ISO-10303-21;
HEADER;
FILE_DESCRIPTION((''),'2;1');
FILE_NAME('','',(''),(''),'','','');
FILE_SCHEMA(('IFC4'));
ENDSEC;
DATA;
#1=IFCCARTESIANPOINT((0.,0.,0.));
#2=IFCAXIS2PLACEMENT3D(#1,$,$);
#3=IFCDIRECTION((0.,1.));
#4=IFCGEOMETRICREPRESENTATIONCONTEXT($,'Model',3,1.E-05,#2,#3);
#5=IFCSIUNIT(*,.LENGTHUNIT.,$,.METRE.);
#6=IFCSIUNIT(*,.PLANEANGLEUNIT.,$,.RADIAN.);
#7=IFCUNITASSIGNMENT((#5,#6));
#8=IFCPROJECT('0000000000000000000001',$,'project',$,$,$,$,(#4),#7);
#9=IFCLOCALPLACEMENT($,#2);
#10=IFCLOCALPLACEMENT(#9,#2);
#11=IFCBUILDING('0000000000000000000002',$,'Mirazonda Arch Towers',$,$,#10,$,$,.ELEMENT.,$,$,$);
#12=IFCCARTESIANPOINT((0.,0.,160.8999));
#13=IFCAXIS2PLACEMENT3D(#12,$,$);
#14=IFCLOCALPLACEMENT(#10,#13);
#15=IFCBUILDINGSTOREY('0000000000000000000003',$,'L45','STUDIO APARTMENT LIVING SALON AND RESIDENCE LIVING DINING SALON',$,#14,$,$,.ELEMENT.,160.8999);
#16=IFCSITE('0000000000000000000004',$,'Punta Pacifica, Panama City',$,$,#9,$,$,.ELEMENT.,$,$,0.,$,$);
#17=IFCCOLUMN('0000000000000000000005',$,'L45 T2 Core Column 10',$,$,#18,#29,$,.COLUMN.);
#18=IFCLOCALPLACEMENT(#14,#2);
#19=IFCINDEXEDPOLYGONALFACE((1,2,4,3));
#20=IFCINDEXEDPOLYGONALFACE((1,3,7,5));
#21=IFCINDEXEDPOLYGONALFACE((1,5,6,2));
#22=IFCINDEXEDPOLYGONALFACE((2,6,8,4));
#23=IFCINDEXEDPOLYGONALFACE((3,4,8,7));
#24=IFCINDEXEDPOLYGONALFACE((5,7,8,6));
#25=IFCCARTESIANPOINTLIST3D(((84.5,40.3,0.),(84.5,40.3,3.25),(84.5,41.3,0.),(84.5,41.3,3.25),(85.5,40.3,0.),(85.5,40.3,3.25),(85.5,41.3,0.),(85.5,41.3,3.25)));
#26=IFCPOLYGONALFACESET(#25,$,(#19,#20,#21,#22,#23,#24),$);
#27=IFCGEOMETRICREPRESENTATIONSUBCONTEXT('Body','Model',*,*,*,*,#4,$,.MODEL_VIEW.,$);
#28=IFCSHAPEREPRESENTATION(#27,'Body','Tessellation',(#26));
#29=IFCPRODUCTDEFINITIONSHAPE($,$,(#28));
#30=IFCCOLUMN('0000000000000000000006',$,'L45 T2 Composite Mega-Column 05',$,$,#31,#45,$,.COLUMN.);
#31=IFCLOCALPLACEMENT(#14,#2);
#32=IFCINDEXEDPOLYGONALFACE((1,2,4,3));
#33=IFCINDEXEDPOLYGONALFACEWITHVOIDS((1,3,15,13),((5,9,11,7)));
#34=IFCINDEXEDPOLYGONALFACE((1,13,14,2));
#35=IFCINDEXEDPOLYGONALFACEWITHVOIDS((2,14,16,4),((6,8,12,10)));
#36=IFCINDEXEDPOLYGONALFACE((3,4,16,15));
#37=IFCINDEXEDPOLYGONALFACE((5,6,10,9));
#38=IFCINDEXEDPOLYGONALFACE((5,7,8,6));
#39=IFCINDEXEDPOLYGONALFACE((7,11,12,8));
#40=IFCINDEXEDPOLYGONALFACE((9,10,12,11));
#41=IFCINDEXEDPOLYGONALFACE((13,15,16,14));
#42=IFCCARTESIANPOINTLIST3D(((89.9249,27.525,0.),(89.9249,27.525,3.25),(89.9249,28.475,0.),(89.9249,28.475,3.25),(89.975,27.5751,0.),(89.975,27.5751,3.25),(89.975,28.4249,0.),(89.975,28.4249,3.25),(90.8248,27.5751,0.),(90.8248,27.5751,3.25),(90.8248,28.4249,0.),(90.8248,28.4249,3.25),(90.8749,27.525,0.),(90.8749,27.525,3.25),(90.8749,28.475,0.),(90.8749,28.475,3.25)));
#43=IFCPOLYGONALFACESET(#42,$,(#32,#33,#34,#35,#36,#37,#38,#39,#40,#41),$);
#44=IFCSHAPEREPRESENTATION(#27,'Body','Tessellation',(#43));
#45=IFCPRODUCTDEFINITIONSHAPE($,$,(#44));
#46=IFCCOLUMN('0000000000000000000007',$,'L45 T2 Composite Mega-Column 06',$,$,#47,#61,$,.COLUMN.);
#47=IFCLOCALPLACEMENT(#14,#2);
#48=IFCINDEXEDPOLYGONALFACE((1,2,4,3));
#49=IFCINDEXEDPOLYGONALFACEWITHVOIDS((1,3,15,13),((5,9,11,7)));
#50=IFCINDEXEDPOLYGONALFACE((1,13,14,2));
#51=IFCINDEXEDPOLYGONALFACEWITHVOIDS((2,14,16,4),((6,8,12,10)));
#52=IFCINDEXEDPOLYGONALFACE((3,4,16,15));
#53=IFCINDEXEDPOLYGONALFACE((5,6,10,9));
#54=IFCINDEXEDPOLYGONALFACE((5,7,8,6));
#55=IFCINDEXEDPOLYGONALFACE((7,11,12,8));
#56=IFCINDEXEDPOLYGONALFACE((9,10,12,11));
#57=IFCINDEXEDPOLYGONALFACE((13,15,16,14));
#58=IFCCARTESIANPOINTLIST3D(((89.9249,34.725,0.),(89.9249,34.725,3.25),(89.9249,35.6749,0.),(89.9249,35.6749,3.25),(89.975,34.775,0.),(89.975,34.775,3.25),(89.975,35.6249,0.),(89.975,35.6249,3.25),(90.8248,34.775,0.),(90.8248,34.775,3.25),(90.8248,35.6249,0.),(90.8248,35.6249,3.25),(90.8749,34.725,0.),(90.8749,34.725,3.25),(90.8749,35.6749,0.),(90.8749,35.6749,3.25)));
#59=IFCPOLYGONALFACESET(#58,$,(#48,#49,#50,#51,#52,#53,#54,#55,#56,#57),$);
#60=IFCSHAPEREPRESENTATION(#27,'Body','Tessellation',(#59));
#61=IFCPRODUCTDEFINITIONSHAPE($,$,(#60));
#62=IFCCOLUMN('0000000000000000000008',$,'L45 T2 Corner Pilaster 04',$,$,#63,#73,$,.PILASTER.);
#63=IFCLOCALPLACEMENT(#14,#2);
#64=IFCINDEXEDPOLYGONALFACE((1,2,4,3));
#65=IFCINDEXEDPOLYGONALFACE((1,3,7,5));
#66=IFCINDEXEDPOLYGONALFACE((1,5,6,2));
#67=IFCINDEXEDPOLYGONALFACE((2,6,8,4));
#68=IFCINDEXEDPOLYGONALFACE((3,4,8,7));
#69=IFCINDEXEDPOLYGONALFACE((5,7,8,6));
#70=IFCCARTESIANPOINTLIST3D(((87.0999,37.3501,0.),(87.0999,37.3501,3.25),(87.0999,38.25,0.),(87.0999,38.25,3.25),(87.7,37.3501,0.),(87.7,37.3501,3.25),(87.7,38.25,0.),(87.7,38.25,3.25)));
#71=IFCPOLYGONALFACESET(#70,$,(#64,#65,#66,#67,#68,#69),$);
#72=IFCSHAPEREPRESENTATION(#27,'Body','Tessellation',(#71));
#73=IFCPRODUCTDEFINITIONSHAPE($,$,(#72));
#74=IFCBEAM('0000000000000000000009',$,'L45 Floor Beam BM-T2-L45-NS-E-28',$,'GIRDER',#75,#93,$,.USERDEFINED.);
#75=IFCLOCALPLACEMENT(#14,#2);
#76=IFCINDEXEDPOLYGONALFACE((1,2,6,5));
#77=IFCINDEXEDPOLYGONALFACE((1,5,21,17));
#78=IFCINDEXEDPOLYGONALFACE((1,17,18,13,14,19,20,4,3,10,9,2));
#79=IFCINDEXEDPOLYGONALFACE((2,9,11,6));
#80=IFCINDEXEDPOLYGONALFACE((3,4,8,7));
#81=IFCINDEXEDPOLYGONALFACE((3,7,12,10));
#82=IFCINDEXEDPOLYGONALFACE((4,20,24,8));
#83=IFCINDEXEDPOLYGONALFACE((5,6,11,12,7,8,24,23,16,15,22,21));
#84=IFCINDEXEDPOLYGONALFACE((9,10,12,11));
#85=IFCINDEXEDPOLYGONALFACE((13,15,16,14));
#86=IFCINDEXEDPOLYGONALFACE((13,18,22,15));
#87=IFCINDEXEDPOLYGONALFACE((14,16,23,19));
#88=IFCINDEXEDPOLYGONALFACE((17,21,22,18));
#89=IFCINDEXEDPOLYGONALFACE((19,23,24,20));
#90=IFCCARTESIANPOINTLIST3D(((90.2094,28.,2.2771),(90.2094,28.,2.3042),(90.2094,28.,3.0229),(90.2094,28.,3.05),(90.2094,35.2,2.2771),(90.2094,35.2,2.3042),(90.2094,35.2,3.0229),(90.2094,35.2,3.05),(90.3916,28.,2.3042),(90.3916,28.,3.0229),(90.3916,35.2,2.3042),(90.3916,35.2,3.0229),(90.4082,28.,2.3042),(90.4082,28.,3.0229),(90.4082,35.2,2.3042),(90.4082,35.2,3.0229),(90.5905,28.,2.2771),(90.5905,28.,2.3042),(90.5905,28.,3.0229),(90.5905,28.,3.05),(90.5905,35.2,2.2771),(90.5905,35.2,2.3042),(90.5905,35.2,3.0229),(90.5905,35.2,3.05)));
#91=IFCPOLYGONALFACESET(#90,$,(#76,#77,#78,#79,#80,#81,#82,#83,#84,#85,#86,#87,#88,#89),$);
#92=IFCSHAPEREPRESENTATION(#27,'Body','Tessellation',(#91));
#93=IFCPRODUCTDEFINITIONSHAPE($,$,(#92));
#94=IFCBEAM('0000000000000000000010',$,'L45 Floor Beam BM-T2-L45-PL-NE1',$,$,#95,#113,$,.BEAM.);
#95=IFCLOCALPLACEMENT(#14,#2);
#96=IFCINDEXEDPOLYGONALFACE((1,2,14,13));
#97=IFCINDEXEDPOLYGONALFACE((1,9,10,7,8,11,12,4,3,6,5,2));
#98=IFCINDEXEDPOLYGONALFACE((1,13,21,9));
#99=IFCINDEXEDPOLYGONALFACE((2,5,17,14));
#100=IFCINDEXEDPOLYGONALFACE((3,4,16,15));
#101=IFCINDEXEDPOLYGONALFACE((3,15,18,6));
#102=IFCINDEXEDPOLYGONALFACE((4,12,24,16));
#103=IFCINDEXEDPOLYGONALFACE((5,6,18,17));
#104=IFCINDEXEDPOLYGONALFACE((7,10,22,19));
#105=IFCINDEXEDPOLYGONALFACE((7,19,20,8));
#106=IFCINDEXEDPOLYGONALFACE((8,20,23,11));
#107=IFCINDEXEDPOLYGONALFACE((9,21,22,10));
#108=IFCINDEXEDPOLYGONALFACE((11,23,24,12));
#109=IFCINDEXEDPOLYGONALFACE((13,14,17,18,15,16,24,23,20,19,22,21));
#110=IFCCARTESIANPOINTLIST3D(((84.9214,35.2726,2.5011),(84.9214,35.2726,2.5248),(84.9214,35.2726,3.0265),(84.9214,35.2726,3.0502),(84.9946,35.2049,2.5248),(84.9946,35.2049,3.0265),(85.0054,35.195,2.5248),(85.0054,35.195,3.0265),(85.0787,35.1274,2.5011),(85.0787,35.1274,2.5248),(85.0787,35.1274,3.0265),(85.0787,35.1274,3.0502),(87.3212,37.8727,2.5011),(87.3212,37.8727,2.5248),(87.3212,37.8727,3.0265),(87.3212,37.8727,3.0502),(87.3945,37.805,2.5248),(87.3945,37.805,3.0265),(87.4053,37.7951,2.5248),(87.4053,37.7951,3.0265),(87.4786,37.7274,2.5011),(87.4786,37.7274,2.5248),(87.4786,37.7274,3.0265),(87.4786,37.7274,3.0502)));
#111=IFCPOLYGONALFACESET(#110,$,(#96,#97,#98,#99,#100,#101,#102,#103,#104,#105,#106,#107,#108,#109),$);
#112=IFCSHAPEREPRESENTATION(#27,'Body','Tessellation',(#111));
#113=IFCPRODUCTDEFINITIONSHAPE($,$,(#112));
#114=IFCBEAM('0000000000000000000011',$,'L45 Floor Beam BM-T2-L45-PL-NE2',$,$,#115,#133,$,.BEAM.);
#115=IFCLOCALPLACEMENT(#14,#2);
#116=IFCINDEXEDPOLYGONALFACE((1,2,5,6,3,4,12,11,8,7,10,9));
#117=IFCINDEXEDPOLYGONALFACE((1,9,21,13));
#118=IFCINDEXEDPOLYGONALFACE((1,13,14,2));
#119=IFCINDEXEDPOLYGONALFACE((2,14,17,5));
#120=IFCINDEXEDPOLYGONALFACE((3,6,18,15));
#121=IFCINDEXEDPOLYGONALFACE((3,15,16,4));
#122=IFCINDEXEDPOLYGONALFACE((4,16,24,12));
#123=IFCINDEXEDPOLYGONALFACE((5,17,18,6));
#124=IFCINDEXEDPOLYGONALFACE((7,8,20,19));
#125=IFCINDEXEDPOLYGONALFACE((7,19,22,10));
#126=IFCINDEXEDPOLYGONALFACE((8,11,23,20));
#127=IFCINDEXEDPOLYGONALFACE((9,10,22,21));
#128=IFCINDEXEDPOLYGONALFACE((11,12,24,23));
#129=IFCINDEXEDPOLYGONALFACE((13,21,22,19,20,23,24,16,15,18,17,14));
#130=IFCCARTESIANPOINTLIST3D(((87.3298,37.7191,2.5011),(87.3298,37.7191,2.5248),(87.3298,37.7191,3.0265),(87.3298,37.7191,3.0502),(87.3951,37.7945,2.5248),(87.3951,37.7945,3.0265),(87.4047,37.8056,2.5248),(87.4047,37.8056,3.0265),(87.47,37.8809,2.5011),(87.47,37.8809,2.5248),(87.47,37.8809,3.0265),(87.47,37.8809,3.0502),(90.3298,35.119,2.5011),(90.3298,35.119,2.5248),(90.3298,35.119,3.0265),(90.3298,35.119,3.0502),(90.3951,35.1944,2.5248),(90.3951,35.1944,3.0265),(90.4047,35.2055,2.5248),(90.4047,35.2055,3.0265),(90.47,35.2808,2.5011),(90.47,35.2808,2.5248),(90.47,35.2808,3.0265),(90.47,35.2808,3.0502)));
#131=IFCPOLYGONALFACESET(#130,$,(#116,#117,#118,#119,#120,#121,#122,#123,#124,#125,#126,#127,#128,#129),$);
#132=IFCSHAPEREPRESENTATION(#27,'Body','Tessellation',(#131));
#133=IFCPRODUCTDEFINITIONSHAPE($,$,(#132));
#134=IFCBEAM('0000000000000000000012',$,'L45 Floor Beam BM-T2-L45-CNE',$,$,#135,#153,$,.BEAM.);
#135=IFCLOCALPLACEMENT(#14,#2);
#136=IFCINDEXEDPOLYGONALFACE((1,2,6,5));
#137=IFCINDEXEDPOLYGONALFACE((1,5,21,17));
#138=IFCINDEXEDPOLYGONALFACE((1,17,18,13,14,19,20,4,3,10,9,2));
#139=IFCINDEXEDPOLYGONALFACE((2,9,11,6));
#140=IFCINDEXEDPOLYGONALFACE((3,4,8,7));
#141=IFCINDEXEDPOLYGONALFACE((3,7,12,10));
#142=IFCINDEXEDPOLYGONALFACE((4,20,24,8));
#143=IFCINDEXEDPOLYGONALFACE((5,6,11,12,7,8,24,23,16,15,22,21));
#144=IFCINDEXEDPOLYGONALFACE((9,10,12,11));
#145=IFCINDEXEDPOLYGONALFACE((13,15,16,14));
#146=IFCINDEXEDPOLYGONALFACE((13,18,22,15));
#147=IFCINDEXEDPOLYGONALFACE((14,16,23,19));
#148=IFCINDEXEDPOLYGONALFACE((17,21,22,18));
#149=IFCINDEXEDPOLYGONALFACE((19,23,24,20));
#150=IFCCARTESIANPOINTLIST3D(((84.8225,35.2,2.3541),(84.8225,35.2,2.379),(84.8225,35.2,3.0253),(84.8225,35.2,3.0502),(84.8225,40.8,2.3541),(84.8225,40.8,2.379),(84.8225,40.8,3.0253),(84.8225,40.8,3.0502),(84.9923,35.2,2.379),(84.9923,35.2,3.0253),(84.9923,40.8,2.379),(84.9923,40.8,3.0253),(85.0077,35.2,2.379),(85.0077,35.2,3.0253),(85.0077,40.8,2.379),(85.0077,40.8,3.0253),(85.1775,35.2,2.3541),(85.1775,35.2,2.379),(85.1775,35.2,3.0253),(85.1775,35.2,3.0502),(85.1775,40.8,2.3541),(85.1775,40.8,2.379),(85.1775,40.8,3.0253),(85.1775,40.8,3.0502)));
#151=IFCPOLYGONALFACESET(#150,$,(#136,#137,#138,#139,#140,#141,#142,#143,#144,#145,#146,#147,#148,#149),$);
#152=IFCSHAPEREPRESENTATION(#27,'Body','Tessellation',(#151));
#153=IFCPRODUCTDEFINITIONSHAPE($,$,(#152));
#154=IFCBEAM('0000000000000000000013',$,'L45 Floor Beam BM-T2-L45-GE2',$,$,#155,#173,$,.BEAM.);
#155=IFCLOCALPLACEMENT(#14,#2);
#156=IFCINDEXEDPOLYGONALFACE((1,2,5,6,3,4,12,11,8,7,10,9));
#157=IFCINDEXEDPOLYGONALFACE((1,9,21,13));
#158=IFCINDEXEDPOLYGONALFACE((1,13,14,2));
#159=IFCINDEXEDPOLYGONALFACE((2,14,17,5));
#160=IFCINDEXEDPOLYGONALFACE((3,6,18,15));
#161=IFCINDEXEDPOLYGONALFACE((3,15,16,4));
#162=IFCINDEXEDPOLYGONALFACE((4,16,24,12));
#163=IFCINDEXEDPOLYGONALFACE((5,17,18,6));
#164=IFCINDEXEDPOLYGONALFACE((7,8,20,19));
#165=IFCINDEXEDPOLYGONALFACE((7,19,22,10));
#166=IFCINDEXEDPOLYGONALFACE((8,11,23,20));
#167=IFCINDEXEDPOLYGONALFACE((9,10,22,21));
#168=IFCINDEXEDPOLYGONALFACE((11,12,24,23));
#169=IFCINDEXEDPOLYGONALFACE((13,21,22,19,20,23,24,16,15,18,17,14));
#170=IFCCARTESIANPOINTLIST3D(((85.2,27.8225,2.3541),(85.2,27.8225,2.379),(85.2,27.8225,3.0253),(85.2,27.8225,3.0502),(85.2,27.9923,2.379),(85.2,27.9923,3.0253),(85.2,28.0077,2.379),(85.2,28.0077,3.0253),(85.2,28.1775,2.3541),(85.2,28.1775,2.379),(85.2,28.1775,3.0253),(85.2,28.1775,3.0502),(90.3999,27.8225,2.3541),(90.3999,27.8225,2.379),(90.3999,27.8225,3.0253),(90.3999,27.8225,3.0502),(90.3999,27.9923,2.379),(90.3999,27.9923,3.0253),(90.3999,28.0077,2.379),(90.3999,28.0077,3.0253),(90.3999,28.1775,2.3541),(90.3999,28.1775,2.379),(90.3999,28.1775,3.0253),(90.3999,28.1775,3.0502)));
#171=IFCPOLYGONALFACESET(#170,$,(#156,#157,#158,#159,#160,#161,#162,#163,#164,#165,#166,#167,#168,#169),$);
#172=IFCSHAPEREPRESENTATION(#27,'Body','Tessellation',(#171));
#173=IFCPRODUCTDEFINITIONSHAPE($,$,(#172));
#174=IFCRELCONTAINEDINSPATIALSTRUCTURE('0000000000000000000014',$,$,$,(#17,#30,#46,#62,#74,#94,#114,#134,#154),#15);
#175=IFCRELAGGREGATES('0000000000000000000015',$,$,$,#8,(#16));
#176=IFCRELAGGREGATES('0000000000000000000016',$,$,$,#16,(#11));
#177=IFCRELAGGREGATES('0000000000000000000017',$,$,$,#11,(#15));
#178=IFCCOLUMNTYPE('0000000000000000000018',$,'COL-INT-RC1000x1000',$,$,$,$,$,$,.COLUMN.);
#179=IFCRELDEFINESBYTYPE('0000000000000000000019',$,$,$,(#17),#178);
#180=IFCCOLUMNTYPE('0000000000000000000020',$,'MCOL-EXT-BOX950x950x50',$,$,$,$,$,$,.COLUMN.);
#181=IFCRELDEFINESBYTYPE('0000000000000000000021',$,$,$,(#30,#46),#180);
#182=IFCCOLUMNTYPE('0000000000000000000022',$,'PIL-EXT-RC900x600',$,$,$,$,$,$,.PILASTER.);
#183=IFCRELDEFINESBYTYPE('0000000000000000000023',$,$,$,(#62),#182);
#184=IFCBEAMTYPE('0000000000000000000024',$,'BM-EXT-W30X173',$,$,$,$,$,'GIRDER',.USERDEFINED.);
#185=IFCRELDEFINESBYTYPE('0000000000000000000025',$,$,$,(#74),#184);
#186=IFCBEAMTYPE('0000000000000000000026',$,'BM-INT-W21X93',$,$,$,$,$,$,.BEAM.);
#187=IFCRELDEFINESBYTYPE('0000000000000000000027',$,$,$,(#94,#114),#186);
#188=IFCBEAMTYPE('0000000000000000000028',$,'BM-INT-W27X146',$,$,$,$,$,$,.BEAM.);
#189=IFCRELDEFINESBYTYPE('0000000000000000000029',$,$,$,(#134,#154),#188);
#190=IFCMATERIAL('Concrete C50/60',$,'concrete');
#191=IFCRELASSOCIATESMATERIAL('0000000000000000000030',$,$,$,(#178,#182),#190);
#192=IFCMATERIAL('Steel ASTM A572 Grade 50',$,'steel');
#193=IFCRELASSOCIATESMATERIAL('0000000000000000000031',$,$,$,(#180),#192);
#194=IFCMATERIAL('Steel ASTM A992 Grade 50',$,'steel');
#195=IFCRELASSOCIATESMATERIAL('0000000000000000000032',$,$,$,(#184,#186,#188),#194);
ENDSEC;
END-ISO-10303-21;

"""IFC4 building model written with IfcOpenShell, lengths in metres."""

from ifc_helpers import new_model, si_unit, direction, frame, origin, origin_2d, place, context, subcontext, project, spatial, rectangle, hollow_rectangle, i_section, extrude, material, material_profile, profile_set, type_object, element, save


model = new_model("IFC4")

# Units and contexts
model_context = context("Model", 3, precision=1e-05, world=origin(), true_north=direction((0.0, 1.0)))
body_context = subcontext(model_context, "Body", "Model", "MODEL_VIEW")
ifc_project = project(units=[si_unit("LENGTHUNIT", "METRE"), si_unit("PLANEANGLEUNIT", "RADIAN")], contexts=[model_context])

# Site, building, storey
site_placement = place(None, origin())
site = spatial("IfcSite", under=ifc_project, at=site_placement, Name="Punta Pacifica, Panama City", CompositionType="ELEMENT", RefElevation=0.0)
building_placement = place(site_placement, origin())
building = spatial("IfcBuilding", under=site, at=building_placement, Name="Mirazonda Arch Towers", CompositionType="ELEMENT")
storey_placement = place(building_placement, frame((0.0, 0.0, 160.8999)))
storey = spatial("IfcBuildingStorey", under=building, at=storey_placement, Name="L45", Description="STUDIO APARTMENT LIVING SALON AND RESIDENCE LIVING DINING SALON", CompositionType="ELEMENT", Elevation=160.8999)

# Columns
ifc_material_1 = material(Name="Concrete C50/60", Category="concrete")
ifc_material_profile_1 = material_profile(ifc_material_1, rectangle(XDim=1.0, YDim=1.0, at=origin_2d()), Name="RC1000x1000")
ifc_profile_set_1 = profile_set([ifc_material_profile_1], Name="Concrete C50/60")
column_type_1 = type_object("IfcColumnType", Name="COL-INT-RC1000x1000", PredefinedType="COLUMN", material=ifc_profile_set_1)
column_1_placement = place(storey_placement, frame((85.0, 40.8, 0.0), z_axis=(0.0, 0.0, 1.0), x_axis=(1.0, 0.0, 0.0)))
element("IfcColumn", 1, at=column_1_placement, inside=storey, type_object=column_type_1, Name="L45 T2 Core Column 10", PredefinedType="COLUMN", context=body_context, shape_type="SweptSolid", body=[
    extrude(rectangle(XDim=1.0, YDim=1.0, at=origin_2d()), origin(), (0.0, 0.0, 1.0), 3.25),
])
ifc_material_2 = material(Name="Steel ASTM A572 Grade 50", Category="steel")
ifc_material_profile_2 = material_profile(ifc_material_2, hollow_rectangle(XDim=0.95, YDim=0.95, WallThickness=0.05, at=origin_2d()), Name="BOX950x950x50")
ifc_profile_set_2 = profile_set([ifc_material_profile_2], Name="Steel ASTM A572 Grade 50")
column_type_2 = type_object("IfcColumnType", Name="MCOL-EXT-BOX950x950x50", PredefinedType="COLUMN", material=ifc_profile_set_2)
for number, where, z_axis, x_axis, name in (
    (2, (90.3999, 28.0, 0.0), (0.0, 0.0, 1.0), (1.0, 0.0, 0.0), "L45 T2 Composite Mega-Column 05"),
    (3, (90.3999, 35.2, 0.0), (0.0, 0.0, 1.0), (1.0, 0.0, 0.0), "L45 T2 Composite Mega-Column 06"),
):
    element("IfcColumn", number, at=place(storey_placement, frame(where, z_axis=z_axis, x_axis=x_axis)), inside=storey, type_object=column_type_2, Name=name, PredefinedType="COLUMN", context=body_context, shape_type="SweptSolid", body=[
        extrude(hollow_rectangle(XDim=0.95, YDim=0.95, WallThickness=0.05, at=origin_2d()), origin(), (0.0, 0.0, 1.0), 3.25),
    ])
ifc_material_profile_3 = material_profile(ifc_material_1, rectangle(XDim=0.6001, YDim=0.8999, at=origin_2d()), Name="RC900x600")
ifc_profile_set_3 = profile_set([ifc_material_profile_3], Name="Concrete C50/60")
column_type_3 = type_object("IfcColumnType", Name="PIL-EXT-RC900x600", PredefinedType="PILASTER", material=ifc_profile_set_3)
column_2_placement = place(storey_placement, frame((87.3999, 37.8, 0.0), z_axis=(0.0, 0.0, 1.0), x_axis=(1.0, 0.0, 0.0)))
element("IfcColumn", 4, at=column_2_placement, inside=storey, type_object=column_type_3, Name="L45 T2 Corner Pilaster 04", PredefinedType="PILASTER", context=body_context, shape_type="SweptSolid", body=[
    extrude(rectangle(XDim=0.6001, YDim=0.8999, at=origin_2d()), origin(), (0.0, 0.0, 1.0), 3.25),
])

# Beams
ifc_material_3 = material(Name="Steel ASTM A992 Grade 50", Category="steel")
ifc_material_profile_4 = material_profile(ifc_material_3, i_section(OverallWidth=0.3811, OverallDepth=0.7729, WebThickness=0.0166, FlangeThickness=0.0271, at=origin_2d()), Name="W30X173")
ifc_profile_set_4 = profile_set([ifc_material_profile_4], Name="Steel ASTM A992 Grade 50")
beam_type_1 = type_object("IfcBeamType", Name="BM-EXT-W30X173", ElementType="GIRDER", PredefinedType="USERDEFINED", material=ifc_profile_set_4)
beam_1_placement = place(storey_placement, frame((90.3999, 28.0, 2.6636), z_axis=(0.0, 1.0, 0.0), x_axis=(-1.0, 0.0, 0.0)))
element("IfcBeam", 5, at=beam_1_placement, inside=storey, type_object=beam_type_1, Name="L45 Floor Beam BM-T2-L45-NS-E-28", ObjectType="GIRDER", PredefinedType="USERDEFINED", context=body_context, shape_type="SweptSolid", body=[
    extrude(i_section(OverallWidth=0.3811, OverallDepth=0.7729, WebThickness=0.0166, FlangeThickness=0.0271, at=origin_2d()), origin(), (0.0, 0.0, 1.0), 7.2),
])
ifc_material_profile_5 = material_profile(ifc_material_3, i_section(OverallWidth=0.2141, OverallDepth=0.5491, WebThickness=0.0146, FlangeThickness=0.0237, at=origin_2d()), Name="W21X93")
ifc_profile_set_5 = profile_set([ifc_material_profile_5], Name="Steel ASTM A992 Grade 50")
beam_type_2 = type_object("IfcBeamType", Name="BM-INT-W21X93", PredefinedType="BEAM", material=ifc_profile_set_5)
beam_2_placement = place(storey_placement, frame((87.3999, 37.8, 2.7756), z_axis=(-0.678251, -0.73483, 0.0), x_axis=(0.73483, -0.678251, 0.0)))
element("IfcBeam", 6, at=beam_2_placement, inside=storey, type_object=beam_type_2, Name="L45 Floor Beam BM-T2-L45-PL-NE1", PredefinedType="BEAM", context=body_context, shape_type="SweptSolid", body=[
    extrude(i_section(OverallWidth=0.2141, OverallDepth=0.5491, WebThickness=0.0146, FlangeThickness=0.0237, at=origin_2d()), origin(), (0.0, 0.0, 1.0), 3.5383),
])
beam_3_placement = place(storey_placement, frame((87.3999, 37.8, 2.7756), z_axis=(0.755677, -0.654945, 0.0), x_axis=(0.654945, 0.755677, 0.0)))
element("IfcBeam", 7, at=beam_3_placement, inside=storey, type_object=beam_type_2, Name="L45 Floor Beam BM-T2-L45-PL-NE2", PredefinedType="BEAM", context=body_context, shape_type="SweptSolid", body=[
    extrude(i_section(OverallWidth=0.2141, OverallDepth=0.5491, WebThickness=0.0146, FlangeThickness=0.0237, at=origin_2d()), origin(), (0.0, 0.0, 1.0), 3.97),
])
ifc_material_profile_6 = material_profile(ifc_material_3, i_section(OverallWidth=0.355, OverallDepth=0.696, WebThickness=0.0154, FlangeThickness=0.0249, at=origin_2d()), Name="W27X146")
ifc_profile_set_6 = profile_set([ifc_material_profile_6], Name="Steel ASTM A992 Grade 50")
beam_type_3 = type_object("IfcBeamType", Name="BM-INT-W27X146", PredefinedType="BEAM", material=ifc_profile_set_6)
beam_4_placement = place(storey_placement, frame((85.0, 35.2, 2.7021), z_axis=(0.0, 1.0, 0.0), x_axis=(-1.0, 0.0, 0.0)))
element("IfcBeam", 8, at=beam_4_placement, inside=storey, type_object=beam_type_3, Name="L45 Floor Beam BM-T2-L45-CNE", PredefinedType="BEAM", context=body_context, shape_type="SweptSolid", body=[
    extrude(i_section(OverallWidth=0.355, OverallDepth=0.696, WebThickness=0.0154, FlangeThickness=0.0249, at=origin_2d()), origin(), (0.0, 0.0, 1.0), 5.6001),
])
beam_5_placement = place(storey_placement, frame((85.2, 28.0, 2.7021), z_axis=(1.0, 0.0, 0.0), x_axis=(0.0, 1.0, 0.0)))
element("IfcBeam", 9, at=beam_5_placement, inside=storey, type_object=beam_type_3, Name="L45 Floor Beam BM-T2-L45-GE2", PredefinedType="BEAM", context=body_context, shape_type="SweptSolid", body=[
    extrude(i_section(OverallWidth=0.355, OverallDepth=0.696, WebThickness=0.0154, FlangeThickness=0.0249, at=origin_2d()), origin(), (0.0, 0.0, 1.0), 5.2),
])

save(model, "model.ifc")
